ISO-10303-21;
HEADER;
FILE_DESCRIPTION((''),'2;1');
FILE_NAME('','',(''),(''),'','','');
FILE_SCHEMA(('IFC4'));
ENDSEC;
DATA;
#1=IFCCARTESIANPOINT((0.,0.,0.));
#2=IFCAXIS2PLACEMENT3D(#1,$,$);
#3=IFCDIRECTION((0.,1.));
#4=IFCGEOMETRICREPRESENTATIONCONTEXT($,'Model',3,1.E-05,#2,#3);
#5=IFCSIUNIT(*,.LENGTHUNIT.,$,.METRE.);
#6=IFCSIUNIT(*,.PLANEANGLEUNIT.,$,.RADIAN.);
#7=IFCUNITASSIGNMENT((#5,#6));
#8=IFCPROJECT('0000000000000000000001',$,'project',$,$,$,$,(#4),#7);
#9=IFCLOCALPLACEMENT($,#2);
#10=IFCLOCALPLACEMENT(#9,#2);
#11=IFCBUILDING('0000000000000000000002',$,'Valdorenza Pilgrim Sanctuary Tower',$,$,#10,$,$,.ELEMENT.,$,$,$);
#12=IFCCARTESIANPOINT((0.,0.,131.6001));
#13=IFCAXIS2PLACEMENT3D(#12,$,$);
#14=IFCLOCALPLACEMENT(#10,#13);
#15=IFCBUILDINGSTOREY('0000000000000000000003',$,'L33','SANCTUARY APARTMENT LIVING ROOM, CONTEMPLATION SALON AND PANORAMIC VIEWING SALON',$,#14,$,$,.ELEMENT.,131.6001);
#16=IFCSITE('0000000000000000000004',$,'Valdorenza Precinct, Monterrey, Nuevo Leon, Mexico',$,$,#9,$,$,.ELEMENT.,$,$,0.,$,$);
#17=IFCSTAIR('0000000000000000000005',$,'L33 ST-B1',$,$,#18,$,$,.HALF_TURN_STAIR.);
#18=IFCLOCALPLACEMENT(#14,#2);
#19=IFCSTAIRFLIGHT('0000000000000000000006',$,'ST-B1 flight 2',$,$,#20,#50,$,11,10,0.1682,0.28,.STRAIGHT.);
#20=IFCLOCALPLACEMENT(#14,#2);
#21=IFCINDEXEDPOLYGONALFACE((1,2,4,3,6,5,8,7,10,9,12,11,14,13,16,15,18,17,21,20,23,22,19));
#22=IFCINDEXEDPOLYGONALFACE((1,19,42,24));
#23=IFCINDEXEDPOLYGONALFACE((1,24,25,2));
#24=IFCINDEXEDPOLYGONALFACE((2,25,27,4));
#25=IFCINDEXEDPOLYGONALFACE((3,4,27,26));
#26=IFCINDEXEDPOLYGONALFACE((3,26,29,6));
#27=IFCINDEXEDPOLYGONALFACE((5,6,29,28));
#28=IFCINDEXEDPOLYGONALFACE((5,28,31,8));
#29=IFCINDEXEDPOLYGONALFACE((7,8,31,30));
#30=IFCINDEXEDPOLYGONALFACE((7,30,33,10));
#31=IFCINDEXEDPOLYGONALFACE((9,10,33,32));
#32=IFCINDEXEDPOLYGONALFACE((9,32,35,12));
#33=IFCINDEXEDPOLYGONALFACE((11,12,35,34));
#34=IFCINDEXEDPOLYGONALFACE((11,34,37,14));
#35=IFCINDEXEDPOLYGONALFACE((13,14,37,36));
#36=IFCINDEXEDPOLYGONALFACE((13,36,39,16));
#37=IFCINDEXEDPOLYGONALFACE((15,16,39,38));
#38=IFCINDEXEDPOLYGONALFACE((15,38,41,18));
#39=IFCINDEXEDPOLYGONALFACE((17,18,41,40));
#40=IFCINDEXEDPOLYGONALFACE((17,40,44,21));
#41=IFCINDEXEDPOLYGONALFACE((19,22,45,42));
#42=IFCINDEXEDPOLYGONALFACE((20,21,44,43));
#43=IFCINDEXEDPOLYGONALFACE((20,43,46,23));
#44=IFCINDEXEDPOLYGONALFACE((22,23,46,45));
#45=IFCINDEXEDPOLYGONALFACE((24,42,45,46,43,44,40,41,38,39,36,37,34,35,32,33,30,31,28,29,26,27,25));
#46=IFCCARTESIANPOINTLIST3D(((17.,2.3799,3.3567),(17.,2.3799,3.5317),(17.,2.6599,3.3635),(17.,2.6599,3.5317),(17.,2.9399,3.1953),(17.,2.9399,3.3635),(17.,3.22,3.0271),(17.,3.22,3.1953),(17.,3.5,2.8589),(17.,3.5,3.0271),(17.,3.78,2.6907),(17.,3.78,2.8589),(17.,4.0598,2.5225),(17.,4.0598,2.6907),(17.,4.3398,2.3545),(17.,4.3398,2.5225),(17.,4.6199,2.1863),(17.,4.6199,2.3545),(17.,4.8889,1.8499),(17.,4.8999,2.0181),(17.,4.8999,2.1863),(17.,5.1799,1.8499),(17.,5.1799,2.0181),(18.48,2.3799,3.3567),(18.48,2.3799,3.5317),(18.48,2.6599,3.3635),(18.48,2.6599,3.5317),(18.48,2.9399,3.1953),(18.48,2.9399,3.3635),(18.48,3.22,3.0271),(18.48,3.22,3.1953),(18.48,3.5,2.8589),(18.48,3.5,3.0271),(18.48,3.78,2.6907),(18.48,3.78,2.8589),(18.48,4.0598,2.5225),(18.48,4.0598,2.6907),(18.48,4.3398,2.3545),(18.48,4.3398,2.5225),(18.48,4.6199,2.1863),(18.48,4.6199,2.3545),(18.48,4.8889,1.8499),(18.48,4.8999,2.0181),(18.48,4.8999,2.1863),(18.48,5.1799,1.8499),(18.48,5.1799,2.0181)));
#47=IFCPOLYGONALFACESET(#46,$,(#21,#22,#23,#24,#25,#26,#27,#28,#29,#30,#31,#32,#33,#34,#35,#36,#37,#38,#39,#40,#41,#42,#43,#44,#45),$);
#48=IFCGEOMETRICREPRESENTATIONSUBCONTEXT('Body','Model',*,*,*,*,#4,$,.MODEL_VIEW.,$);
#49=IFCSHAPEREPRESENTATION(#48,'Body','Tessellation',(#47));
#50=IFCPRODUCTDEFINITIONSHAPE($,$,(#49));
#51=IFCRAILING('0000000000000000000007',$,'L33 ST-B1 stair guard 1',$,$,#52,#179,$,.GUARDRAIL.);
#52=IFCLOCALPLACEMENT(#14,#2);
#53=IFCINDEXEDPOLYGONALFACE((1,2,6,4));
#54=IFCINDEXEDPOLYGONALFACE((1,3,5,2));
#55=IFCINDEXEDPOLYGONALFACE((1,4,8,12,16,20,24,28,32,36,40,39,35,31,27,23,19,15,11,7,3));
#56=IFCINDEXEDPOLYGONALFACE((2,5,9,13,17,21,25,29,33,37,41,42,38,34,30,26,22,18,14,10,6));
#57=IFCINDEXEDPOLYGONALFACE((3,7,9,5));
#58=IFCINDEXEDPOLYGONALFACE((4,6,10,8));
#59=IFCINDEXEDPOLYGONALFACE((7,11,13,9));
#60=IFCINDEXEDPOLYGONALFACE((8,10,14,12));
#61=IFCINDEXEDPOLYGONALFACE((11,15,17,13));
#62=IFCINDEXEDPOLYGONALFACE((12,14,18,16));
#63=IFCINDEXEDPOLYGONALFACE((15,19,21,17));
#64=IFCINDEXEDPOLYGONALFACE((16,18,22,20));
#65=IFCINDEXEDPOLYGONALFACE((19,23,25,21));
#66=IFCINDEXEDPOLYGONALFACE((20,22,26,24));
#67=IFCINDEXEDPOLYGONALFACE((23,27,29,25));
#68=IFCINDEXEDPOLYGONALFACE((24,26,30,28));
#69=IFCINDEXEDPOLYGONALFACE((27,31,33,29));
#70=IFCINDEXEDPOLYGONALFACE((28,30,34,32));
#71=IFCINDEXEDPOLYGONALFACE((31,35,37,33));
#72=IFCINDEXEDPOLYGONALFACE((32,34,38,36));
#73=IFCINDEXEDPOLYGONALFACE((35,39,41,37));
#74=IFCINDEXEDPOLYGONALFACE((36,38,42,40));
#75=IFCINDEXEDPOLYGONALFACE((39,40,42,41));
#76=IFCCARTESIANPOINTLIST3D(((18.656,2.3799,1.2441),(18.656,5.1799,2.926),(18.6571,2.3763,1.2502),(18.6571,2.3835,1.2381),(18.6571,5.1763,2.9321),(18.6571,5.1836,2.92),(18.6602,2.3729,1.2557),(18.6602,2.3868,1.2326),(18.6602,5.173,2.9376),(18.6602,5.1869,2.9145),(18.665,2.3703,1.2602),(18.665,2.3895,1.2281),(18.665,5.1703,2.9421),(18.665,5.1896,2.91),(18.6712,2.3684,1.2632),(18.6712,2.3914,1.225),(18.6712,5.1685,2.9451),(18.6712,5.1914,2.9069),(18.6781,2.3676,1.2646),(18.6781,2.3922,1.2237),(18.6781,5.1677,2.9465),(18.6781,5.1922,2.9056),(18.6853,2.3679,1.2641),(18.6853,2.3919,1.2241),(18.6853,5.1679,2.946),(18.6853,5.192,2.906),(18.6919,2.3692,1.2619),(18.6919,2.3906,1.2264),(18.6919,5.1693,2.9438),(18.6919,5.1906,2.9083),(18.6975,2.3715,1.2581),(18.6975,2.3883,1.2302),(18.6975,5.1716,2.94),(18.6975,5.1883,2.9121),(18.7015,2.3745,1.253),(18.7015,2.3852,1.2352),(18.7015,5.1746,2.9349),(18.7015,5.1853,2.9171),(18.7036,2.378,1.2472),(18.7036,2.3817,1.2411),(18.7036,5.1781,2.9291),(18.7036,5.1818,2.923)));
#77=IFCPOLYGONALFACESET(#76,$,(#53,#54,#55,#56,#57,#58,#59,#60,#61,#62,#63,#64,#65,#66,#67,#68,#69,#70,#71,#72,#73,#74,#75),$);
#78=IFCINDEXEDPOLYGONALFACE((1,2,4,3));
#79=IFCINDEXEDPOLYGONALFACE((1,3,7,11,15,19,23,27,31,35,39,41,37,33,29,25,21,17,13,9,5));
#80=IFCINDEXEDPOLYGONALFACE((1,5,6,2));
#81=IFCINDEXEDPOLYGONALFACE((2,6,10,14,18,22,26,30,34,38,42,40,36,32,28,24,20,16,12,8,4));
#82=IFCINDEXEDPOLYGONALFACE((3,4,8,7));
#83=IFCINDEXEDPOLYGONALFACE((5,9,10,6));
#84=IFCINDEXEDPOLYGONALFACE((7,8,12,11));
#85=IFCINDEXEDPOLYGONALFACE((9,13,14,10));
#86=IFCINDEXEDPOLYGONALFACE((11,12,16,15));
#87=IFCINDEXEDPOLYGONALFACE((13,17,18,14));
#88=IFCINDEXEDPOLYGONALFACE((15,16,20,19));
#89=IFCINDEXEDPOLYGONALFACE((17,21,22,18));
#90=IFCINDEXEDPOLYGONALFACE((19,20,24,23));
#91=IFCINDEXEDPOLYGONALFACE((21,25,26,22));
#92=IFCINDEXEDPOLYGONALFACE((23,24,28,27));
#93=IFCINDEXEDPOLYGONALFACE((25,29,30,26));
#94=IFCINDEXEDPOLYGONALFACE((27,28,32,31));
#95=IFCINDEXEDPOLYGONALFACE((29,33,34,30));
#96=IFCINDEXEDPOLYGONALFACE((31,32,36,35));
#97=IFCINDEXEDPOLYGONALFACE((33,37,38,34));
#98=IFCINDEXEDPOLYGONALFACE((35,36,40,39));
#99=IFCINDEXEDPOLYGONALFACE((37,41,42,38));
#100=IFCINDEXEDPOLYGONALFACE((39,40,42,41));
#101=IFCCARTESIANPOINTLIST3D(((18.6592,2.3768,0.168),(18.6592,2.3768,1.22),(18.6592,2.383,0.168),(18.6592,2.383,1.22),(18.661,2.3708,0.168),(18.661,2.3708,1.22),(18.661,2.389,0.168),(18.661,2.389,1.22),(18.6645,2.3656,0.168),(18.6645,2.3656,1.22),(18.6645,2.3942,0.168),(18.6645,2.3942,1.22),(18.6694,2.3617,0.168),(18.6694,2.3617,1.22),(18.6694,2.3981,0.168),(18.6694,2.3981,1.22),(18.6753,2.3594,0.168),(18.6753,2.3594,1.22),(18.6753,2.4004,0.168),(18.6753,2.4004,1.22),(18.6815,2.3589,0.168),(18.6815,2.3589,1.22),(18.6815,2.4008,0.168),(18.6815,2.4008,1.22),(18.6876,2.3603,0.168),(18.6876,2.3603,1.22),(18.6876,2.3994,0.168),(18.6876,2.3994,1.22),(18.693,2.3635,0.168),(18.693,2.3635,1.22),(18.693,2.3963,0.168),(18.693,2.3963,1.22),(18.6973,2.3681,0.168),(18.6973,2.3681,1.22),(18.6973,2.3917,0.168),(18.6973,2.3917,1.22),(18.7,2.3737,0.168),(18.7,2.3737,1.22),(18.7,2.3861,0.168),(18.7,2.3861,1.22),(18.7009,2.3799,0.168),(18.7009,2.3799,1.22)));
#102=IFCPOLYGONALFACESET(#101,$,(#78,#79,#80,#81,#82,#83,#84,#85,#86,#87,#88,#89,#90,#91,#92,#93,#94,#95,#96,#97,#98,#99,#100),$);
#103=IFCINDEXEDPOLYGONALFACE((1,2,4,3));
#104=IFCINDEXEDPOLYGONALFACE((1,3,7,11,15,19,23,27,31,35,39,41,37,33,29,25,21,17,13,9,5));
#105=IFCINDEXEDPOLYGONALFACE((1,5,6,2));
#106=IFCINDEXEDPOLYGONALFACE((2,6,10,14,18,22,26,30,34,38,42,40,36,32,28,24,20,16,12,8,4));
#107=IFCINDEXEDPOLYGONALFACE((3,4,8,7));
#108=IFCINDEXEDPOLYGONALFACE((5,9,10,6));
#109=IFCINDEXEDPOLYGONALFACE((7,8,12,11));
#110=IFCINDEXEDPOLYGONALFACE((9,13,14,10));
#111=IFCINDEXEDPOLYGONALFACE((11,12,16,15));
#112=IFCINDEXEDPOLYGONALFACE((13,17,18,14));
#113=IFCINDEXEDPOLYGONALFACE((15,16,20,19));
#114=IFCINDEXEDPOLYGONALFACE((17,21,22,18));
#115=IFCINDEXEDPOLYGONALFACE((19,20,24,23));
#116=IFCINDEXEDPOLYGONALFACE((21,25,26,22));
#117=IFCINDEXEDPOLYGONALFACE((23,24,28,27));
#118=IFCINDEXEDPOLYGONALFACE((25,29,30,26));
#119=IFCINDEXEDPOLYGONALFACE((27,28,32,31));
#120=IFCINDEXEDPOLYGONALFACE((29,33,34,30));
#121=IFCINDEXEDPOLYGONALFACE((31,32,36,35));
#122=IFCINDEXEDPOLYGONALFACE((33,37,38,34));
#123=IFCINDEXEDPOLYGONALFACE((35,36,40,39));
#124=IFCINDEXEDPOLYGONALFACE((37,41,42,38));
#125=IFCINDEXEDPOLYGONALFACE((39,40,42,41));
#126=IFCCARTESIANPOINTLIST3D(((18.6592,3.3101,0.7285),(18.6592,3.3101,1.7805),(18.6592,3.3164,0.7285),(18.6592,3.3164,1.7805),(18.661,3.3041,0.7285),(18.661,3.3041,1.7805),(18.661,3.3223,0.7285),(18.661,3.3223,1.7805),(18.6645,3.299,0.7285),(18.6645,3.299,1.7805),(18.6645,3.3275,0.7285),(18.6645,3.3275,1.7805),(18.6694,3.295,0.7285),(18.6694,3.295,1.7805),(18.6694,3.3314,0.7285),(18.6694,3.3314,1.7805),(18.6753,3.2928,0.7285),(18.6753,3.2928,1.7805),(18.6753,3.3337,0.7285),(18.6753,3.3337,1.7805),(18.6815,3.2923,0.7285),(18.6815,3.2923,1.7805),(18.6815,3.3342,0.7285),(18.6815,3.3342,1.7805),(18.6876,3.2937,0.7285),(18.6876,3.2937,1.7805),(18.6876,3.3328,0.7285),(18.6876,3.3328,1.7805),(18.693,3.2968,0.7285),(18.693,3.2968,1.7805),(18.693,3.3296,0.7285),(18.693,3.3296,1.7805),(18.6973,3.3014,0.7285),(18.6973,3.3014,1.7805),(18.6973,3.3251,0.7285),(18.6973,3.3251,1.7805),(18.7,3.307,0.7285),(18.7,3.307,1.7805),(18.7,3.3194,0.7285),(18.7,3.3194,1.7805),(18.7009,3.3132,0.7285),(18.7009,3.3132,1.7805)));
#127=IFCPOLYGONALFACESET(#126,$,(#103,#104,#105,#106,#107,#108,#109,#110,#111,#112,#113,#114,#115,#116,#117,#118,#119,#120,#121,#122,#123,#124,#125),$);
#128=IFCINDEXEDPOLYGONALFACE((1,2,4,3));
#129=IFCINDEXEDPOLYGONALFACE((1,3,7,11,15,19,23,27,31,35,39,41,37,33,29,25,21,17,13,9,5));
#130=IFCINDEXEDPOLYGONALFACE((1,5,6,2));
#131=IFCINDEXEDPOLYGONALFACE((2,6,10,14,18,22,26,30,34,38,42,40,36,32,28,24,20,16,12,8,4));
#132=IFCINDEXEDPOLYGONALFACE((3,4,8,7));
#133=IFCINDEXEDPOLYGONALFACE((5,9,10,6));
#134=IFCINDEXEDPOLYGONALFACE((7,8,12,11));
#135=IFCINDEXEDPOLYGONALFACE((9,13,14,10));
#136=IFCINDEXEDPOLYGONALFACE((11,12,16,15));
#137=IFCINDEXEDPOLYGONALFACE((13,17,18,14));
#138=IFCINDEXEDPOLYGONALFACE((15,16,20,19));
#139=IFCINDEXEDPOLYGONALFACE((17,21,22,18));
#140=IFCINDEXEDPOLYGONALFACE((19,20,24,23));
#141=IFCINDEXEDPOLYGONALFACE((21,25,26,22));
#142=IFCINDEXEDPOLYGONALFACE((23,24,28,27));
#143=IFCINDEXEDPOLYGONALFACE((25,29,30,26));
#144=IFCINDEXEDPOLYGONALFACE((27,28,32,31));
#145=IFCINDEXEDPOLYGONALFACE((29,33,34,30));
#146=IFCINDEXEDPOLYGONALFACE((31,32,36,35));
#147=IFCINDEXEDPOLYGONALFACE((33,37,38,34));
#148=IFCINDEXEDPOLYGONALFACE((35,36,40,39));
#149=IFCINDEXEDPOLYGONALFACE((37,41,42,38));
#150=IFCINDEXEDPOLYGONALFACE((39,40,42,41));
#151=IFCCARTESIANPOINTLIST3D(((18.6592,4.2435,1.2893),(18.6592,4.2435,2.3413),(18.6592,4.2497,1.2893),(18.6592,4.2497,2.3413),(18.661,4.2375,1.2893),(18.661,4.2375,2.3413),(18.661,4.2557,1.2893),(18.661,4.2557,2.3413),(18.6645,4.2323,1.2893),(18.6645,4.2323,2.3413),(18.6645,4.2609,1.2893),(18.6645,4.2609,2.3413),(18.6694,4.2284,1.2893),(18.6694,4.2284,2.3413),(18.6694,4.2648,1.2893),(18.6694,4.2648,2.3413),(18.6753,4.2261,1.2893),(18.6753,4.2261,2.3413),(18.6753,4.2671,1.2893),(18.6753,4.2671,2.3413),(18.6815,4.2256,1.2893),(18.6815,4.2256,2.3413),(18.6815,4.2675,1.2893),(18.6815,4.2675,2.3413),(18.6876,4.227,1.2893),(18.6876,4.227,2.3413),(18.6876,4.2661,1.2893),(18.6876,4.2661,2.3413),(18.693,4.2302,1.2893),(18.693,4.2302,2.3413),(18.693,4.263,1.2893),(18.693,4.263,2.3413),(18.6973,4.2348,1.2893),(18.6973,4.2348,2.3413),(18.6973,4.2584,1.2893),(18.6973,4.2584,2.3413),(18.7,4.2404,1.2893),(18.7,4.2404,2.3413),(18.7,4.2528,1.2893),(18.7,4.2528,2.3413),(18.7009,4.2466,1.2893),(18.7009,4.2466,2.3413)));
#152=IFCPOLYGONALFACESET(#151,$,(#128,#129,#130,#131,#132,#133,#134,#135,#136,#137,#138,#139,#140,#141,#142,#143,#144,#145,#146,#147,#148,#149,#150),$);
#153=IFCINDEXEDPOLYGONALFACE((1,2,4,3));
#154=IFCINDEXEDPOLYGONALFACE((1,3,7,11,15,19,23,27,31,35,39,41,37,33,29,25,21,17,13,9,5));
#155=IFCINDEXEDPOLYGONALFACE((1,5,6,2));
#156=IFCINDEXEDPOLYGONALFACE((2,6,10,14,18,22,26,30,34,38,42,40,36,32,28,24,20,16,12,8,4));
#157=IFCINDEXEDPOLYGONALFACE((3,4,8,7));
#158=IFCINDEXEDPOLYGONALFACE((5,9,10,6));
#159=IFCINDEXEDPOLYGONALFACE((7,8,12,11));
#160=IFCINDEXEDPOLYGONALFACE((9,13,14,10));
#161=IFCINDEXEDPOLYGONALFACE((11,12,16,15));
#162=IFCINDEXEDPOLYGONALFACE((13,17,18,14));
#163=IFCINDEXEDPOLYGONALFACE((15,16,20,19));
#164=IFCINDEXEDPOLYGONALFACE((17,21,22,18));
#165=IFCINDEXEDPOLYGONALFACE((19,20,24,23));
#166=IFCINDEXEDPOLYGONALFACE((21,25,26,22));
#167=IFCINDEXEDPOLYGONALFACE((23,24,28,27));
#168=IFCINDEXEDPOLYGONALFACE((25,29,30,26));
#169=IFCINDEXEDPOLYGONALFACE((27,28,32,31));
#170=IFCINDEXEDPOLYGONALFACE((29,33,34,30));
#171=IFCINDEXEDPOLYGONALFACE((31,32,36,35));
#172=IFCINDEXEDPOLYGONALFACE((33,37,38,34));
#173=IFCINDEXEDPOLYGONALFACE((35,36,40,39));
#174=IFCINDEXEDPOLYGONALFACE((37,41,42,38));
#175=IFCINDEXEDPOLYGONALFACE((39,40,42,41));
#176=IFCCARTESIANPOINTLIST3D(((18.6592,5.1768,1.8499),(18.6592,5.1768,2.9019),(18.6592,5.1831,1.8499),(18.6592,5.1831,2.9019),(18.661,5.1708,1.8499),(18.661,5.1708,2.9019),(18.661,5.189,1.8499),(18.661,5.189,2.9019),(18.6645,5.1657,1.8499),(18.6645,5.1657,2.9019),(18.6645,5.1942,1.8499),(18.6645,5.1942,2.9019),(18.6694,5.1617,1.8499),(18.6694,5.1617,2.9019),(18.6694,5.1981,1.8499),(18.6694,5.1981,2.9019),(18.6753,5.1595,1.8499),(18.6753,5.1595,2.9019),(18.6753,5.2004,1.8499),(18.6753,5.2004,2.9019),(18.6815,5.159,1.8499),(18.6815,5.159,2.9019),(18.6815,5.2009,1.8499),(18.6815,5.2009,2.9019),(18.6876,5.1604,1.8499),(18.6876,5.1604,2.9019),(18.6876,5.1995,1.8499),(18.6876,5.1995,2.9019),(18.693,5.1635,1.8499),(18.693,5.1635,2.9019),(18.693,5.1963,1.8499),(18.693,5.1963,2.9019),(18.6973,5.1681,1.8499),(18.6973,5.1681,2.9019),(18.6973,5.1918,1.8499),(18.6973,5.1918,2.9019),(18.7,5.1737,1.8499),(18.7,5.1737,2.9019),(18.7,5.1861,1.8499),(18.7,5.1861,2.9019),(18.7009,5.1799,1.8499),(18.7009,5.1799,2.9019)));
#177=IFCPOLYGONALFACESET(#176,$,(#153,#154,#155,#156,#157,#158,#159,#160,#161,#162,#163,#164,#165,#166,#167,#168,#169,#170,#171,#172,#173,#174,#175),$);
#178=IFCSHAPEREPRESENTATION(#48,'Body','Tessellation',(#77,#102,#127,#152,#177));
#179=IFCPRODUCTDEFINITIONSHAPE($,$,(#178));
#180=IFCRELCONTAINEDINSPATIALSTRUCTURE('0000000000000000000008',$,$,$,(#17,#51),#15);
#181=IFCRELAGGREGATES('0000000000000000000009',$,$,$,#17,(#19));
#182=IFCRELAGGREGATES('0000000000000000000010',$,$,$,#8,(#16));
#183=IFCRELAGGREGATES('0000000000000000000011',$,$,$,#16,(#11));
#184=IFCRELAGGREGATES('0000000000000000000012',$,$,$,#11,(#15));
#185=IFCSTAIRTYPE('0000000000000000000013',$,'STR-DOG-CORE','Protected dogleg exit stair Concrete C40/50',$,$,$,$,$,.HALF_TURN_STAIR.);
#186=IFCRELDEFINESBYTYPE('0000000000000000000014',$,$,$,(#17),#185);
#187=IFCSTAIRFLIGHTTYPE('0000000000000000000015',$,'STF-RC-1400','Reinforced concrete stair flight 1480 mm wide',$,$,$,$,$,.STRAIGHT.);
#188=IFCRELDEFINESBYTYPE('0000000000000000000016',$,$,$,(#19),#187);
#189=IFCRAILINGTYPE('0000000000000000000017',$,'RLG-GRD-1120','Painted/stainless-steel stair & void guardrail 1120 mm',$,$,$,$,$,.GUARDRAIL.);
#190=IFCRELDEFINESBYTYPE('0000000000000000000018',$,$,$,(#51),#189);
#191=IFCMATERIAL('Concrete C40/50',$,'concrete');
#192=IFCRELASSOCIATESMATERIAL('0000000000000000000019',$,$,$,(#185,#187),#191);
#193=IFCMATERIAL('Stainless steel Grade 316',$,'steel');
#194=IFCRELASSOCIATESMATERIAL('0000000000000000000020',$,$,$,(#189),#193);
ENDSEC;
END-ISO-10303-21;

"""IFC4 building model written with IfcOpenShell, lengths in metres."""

from ifc_helpers import new_model, si_unit, direction, frame, origin, origin_2d, place, context, subcontext, project, spatial, polyline, circle, outline, extrude, material, type_object, element, aggregate, save


model = new_model("IFC4")

# Units and contexts
model_context = context("Model", 3, precision=1e-05, world=origin(), true_north=direction((0.0, 1.0)))
body_context = subcontext(model_context, "Body", "Model", "MODEL_VIEW")
ifc_project = project(units=[si_unit("LENGTHUNIT", "METRE"), si_unit("PLANEANGLEUNIT", "RADIAN")], contexts=[model_context])

# Site, building, storey
site_placement = place(None, origin())
site = spatial("IfcSite", under=ifc_project, at=site_placement, Name="Valdorenza Precinct, Monterrey, Nuevo Leon, Mexico", CompositionType="ELEMENT", RefElevation=0.0)
building_placement = place(site_placement, origin())
building = spatial("IfcBuilding", under=site, at=building_placement, Name="Valdorenza Pilgrim Sanctuary Tower", CompositionType="ELEMENT")
storey_placement = place(building_placement, frame((0.0, 0.0, 131.6001)))
storey = spatial("IfcBuildingStorey", under=building, at=storey_placement, Name="L33", Description="SANCTUARY APARTMENT LIVING ROOM, CONTEMPLATION SALON AND PANORAMIC VIEWING SALON", CompositionType="ELEMENT", Elevation=131.6001)

# Shared definitions
ifc_material_1 = material(Name="Concrete C40/50", Category="concrete")

# Stair, stair flight
stair_type = type_object("IfcStairType", Name="STR-DOG-CORE", Description="Protected dogleg exit stair Concrete C40/50", PredefinedType="HALF_TURN_STAIR", material=ifc_material_1)
stair_placement = place(storey_placement, origin())
stair = element("IfcStair", 1, at=stair_placement, inside=storey, type_object=stair_type, Name="L33 ST-B1", PredefinedType="HALF_TURN_STAIR")
stair_flight_type = type_object("IfcStairFlightType", Name="STF-RC-1400", Description="Reinforced concrete stair flight 1480 mm wide", PredefinedType="STRAIGHT", material=ifc_material_1)
stair_flight_1_placement = place(storey_placement, frame((17.74, 5.1799, 1.8499), z_axis=(0.0, 0.0, 1.0), x_axis=(0.0, -1.0, 0.0)))
stair_flight_1 = element("IfcStairFlight", 2, at=stair_flight_1_placement, type_object=stair_flight_type, Name="ST-B1 flight 2", NumberOfRisers=11, NumberOfTreads=10, PredefinedType="STRAIGHT", RiserHeight=0.1682, TreadLength=0.28, context=body_context, shape_type="SweptSolid", body=[
    extrude(outline(polyline([(0.0, 0.0), (0.0, 0.1682), (0.28, 0.1682), (0.28, 0.3364), (0.5601, 0.3364), (0.5601, 0.5046), (0.8401, 0.5046), (0.8401, 0.6726), (1.1201, 0.6726), (1.1201, 0.8408), (1.3999, 0.8408), (1.3999, 1.009), (1.6799, 1.009), (1.6799, 1.1772), (1.96, 1.1772), (1.96, 1.3455), (2.24, 1.3455), (2.24, 1.5137), (2.52, 1.5137), (2.52, 1.6819), (2.8, 1.6819), (2.8, 1.8501), (2.8, 1.5068), (0.291, 0.0), (0.0, 0.0)])), frame((0.0, 0.74, 0.0), z_axis=(0.0, -1.0, 0.0), x_axis=(1.0, 0.0, 0.0)), (0.0, 0.0, 1.0), 1.48),
])
aggregate(stair, [stair_flight_1])

# Railing
ifc_material_2 = material(Name="Stainless steel Grade 316", Category="steel")
railing_type_1 = type_object("IfcRailingType", Name="RLG-GRD-1120", Description="Painted/stainless-steel stair & void guardrail 1120 mm", PredefinedType="GUARDRAIL", material=ifc_material_2)
railing_1_placement = place(storey_placement, frame((18.6799, 2.3799, 0.168)))
element("IfcRailing", 3, at=railing_1_placement, inside=storey, type_object=railing_type_1, Name="L33 ST-B1 stair guard 1", PredefinedType="GUARDRAIL", context=body_context, shape_type="SweptSolid", body=[
    extrude(circle(Radius=0.0239, at=origin_2d()), frame((0.0, 0.0, 1.0762), z_axis=(0.0, 0.857242, 0.514913), x_axis=(-1.0, 0.0, 0.0)), (0.0, 0.0, 1.0), 3.2664),
    extrude(circle(Radius=0.021, at=origin_2d()), origin(), (0.0, 0.0, 1.0), 1.052),
    extrude(circle(Radius=0.021, at=origin_2d()), frame((0.0, 0.9333, 0.5605)), (0.0, 0.0, 1.0), 1.052),
    extrude(circle(Radius=0.021, at=origin_2d()), frame((0.0, 1.8667, 1.1213)), (0.0, 0.0, 1.0), 1.052),
    extrude(circle(Radius=0.021, at=origin_2d()), frame((0.0, 2.8, 1.6819)), (0.0, 0.0, 1.0), 1.052),
])

save(model, "model.ifc")
